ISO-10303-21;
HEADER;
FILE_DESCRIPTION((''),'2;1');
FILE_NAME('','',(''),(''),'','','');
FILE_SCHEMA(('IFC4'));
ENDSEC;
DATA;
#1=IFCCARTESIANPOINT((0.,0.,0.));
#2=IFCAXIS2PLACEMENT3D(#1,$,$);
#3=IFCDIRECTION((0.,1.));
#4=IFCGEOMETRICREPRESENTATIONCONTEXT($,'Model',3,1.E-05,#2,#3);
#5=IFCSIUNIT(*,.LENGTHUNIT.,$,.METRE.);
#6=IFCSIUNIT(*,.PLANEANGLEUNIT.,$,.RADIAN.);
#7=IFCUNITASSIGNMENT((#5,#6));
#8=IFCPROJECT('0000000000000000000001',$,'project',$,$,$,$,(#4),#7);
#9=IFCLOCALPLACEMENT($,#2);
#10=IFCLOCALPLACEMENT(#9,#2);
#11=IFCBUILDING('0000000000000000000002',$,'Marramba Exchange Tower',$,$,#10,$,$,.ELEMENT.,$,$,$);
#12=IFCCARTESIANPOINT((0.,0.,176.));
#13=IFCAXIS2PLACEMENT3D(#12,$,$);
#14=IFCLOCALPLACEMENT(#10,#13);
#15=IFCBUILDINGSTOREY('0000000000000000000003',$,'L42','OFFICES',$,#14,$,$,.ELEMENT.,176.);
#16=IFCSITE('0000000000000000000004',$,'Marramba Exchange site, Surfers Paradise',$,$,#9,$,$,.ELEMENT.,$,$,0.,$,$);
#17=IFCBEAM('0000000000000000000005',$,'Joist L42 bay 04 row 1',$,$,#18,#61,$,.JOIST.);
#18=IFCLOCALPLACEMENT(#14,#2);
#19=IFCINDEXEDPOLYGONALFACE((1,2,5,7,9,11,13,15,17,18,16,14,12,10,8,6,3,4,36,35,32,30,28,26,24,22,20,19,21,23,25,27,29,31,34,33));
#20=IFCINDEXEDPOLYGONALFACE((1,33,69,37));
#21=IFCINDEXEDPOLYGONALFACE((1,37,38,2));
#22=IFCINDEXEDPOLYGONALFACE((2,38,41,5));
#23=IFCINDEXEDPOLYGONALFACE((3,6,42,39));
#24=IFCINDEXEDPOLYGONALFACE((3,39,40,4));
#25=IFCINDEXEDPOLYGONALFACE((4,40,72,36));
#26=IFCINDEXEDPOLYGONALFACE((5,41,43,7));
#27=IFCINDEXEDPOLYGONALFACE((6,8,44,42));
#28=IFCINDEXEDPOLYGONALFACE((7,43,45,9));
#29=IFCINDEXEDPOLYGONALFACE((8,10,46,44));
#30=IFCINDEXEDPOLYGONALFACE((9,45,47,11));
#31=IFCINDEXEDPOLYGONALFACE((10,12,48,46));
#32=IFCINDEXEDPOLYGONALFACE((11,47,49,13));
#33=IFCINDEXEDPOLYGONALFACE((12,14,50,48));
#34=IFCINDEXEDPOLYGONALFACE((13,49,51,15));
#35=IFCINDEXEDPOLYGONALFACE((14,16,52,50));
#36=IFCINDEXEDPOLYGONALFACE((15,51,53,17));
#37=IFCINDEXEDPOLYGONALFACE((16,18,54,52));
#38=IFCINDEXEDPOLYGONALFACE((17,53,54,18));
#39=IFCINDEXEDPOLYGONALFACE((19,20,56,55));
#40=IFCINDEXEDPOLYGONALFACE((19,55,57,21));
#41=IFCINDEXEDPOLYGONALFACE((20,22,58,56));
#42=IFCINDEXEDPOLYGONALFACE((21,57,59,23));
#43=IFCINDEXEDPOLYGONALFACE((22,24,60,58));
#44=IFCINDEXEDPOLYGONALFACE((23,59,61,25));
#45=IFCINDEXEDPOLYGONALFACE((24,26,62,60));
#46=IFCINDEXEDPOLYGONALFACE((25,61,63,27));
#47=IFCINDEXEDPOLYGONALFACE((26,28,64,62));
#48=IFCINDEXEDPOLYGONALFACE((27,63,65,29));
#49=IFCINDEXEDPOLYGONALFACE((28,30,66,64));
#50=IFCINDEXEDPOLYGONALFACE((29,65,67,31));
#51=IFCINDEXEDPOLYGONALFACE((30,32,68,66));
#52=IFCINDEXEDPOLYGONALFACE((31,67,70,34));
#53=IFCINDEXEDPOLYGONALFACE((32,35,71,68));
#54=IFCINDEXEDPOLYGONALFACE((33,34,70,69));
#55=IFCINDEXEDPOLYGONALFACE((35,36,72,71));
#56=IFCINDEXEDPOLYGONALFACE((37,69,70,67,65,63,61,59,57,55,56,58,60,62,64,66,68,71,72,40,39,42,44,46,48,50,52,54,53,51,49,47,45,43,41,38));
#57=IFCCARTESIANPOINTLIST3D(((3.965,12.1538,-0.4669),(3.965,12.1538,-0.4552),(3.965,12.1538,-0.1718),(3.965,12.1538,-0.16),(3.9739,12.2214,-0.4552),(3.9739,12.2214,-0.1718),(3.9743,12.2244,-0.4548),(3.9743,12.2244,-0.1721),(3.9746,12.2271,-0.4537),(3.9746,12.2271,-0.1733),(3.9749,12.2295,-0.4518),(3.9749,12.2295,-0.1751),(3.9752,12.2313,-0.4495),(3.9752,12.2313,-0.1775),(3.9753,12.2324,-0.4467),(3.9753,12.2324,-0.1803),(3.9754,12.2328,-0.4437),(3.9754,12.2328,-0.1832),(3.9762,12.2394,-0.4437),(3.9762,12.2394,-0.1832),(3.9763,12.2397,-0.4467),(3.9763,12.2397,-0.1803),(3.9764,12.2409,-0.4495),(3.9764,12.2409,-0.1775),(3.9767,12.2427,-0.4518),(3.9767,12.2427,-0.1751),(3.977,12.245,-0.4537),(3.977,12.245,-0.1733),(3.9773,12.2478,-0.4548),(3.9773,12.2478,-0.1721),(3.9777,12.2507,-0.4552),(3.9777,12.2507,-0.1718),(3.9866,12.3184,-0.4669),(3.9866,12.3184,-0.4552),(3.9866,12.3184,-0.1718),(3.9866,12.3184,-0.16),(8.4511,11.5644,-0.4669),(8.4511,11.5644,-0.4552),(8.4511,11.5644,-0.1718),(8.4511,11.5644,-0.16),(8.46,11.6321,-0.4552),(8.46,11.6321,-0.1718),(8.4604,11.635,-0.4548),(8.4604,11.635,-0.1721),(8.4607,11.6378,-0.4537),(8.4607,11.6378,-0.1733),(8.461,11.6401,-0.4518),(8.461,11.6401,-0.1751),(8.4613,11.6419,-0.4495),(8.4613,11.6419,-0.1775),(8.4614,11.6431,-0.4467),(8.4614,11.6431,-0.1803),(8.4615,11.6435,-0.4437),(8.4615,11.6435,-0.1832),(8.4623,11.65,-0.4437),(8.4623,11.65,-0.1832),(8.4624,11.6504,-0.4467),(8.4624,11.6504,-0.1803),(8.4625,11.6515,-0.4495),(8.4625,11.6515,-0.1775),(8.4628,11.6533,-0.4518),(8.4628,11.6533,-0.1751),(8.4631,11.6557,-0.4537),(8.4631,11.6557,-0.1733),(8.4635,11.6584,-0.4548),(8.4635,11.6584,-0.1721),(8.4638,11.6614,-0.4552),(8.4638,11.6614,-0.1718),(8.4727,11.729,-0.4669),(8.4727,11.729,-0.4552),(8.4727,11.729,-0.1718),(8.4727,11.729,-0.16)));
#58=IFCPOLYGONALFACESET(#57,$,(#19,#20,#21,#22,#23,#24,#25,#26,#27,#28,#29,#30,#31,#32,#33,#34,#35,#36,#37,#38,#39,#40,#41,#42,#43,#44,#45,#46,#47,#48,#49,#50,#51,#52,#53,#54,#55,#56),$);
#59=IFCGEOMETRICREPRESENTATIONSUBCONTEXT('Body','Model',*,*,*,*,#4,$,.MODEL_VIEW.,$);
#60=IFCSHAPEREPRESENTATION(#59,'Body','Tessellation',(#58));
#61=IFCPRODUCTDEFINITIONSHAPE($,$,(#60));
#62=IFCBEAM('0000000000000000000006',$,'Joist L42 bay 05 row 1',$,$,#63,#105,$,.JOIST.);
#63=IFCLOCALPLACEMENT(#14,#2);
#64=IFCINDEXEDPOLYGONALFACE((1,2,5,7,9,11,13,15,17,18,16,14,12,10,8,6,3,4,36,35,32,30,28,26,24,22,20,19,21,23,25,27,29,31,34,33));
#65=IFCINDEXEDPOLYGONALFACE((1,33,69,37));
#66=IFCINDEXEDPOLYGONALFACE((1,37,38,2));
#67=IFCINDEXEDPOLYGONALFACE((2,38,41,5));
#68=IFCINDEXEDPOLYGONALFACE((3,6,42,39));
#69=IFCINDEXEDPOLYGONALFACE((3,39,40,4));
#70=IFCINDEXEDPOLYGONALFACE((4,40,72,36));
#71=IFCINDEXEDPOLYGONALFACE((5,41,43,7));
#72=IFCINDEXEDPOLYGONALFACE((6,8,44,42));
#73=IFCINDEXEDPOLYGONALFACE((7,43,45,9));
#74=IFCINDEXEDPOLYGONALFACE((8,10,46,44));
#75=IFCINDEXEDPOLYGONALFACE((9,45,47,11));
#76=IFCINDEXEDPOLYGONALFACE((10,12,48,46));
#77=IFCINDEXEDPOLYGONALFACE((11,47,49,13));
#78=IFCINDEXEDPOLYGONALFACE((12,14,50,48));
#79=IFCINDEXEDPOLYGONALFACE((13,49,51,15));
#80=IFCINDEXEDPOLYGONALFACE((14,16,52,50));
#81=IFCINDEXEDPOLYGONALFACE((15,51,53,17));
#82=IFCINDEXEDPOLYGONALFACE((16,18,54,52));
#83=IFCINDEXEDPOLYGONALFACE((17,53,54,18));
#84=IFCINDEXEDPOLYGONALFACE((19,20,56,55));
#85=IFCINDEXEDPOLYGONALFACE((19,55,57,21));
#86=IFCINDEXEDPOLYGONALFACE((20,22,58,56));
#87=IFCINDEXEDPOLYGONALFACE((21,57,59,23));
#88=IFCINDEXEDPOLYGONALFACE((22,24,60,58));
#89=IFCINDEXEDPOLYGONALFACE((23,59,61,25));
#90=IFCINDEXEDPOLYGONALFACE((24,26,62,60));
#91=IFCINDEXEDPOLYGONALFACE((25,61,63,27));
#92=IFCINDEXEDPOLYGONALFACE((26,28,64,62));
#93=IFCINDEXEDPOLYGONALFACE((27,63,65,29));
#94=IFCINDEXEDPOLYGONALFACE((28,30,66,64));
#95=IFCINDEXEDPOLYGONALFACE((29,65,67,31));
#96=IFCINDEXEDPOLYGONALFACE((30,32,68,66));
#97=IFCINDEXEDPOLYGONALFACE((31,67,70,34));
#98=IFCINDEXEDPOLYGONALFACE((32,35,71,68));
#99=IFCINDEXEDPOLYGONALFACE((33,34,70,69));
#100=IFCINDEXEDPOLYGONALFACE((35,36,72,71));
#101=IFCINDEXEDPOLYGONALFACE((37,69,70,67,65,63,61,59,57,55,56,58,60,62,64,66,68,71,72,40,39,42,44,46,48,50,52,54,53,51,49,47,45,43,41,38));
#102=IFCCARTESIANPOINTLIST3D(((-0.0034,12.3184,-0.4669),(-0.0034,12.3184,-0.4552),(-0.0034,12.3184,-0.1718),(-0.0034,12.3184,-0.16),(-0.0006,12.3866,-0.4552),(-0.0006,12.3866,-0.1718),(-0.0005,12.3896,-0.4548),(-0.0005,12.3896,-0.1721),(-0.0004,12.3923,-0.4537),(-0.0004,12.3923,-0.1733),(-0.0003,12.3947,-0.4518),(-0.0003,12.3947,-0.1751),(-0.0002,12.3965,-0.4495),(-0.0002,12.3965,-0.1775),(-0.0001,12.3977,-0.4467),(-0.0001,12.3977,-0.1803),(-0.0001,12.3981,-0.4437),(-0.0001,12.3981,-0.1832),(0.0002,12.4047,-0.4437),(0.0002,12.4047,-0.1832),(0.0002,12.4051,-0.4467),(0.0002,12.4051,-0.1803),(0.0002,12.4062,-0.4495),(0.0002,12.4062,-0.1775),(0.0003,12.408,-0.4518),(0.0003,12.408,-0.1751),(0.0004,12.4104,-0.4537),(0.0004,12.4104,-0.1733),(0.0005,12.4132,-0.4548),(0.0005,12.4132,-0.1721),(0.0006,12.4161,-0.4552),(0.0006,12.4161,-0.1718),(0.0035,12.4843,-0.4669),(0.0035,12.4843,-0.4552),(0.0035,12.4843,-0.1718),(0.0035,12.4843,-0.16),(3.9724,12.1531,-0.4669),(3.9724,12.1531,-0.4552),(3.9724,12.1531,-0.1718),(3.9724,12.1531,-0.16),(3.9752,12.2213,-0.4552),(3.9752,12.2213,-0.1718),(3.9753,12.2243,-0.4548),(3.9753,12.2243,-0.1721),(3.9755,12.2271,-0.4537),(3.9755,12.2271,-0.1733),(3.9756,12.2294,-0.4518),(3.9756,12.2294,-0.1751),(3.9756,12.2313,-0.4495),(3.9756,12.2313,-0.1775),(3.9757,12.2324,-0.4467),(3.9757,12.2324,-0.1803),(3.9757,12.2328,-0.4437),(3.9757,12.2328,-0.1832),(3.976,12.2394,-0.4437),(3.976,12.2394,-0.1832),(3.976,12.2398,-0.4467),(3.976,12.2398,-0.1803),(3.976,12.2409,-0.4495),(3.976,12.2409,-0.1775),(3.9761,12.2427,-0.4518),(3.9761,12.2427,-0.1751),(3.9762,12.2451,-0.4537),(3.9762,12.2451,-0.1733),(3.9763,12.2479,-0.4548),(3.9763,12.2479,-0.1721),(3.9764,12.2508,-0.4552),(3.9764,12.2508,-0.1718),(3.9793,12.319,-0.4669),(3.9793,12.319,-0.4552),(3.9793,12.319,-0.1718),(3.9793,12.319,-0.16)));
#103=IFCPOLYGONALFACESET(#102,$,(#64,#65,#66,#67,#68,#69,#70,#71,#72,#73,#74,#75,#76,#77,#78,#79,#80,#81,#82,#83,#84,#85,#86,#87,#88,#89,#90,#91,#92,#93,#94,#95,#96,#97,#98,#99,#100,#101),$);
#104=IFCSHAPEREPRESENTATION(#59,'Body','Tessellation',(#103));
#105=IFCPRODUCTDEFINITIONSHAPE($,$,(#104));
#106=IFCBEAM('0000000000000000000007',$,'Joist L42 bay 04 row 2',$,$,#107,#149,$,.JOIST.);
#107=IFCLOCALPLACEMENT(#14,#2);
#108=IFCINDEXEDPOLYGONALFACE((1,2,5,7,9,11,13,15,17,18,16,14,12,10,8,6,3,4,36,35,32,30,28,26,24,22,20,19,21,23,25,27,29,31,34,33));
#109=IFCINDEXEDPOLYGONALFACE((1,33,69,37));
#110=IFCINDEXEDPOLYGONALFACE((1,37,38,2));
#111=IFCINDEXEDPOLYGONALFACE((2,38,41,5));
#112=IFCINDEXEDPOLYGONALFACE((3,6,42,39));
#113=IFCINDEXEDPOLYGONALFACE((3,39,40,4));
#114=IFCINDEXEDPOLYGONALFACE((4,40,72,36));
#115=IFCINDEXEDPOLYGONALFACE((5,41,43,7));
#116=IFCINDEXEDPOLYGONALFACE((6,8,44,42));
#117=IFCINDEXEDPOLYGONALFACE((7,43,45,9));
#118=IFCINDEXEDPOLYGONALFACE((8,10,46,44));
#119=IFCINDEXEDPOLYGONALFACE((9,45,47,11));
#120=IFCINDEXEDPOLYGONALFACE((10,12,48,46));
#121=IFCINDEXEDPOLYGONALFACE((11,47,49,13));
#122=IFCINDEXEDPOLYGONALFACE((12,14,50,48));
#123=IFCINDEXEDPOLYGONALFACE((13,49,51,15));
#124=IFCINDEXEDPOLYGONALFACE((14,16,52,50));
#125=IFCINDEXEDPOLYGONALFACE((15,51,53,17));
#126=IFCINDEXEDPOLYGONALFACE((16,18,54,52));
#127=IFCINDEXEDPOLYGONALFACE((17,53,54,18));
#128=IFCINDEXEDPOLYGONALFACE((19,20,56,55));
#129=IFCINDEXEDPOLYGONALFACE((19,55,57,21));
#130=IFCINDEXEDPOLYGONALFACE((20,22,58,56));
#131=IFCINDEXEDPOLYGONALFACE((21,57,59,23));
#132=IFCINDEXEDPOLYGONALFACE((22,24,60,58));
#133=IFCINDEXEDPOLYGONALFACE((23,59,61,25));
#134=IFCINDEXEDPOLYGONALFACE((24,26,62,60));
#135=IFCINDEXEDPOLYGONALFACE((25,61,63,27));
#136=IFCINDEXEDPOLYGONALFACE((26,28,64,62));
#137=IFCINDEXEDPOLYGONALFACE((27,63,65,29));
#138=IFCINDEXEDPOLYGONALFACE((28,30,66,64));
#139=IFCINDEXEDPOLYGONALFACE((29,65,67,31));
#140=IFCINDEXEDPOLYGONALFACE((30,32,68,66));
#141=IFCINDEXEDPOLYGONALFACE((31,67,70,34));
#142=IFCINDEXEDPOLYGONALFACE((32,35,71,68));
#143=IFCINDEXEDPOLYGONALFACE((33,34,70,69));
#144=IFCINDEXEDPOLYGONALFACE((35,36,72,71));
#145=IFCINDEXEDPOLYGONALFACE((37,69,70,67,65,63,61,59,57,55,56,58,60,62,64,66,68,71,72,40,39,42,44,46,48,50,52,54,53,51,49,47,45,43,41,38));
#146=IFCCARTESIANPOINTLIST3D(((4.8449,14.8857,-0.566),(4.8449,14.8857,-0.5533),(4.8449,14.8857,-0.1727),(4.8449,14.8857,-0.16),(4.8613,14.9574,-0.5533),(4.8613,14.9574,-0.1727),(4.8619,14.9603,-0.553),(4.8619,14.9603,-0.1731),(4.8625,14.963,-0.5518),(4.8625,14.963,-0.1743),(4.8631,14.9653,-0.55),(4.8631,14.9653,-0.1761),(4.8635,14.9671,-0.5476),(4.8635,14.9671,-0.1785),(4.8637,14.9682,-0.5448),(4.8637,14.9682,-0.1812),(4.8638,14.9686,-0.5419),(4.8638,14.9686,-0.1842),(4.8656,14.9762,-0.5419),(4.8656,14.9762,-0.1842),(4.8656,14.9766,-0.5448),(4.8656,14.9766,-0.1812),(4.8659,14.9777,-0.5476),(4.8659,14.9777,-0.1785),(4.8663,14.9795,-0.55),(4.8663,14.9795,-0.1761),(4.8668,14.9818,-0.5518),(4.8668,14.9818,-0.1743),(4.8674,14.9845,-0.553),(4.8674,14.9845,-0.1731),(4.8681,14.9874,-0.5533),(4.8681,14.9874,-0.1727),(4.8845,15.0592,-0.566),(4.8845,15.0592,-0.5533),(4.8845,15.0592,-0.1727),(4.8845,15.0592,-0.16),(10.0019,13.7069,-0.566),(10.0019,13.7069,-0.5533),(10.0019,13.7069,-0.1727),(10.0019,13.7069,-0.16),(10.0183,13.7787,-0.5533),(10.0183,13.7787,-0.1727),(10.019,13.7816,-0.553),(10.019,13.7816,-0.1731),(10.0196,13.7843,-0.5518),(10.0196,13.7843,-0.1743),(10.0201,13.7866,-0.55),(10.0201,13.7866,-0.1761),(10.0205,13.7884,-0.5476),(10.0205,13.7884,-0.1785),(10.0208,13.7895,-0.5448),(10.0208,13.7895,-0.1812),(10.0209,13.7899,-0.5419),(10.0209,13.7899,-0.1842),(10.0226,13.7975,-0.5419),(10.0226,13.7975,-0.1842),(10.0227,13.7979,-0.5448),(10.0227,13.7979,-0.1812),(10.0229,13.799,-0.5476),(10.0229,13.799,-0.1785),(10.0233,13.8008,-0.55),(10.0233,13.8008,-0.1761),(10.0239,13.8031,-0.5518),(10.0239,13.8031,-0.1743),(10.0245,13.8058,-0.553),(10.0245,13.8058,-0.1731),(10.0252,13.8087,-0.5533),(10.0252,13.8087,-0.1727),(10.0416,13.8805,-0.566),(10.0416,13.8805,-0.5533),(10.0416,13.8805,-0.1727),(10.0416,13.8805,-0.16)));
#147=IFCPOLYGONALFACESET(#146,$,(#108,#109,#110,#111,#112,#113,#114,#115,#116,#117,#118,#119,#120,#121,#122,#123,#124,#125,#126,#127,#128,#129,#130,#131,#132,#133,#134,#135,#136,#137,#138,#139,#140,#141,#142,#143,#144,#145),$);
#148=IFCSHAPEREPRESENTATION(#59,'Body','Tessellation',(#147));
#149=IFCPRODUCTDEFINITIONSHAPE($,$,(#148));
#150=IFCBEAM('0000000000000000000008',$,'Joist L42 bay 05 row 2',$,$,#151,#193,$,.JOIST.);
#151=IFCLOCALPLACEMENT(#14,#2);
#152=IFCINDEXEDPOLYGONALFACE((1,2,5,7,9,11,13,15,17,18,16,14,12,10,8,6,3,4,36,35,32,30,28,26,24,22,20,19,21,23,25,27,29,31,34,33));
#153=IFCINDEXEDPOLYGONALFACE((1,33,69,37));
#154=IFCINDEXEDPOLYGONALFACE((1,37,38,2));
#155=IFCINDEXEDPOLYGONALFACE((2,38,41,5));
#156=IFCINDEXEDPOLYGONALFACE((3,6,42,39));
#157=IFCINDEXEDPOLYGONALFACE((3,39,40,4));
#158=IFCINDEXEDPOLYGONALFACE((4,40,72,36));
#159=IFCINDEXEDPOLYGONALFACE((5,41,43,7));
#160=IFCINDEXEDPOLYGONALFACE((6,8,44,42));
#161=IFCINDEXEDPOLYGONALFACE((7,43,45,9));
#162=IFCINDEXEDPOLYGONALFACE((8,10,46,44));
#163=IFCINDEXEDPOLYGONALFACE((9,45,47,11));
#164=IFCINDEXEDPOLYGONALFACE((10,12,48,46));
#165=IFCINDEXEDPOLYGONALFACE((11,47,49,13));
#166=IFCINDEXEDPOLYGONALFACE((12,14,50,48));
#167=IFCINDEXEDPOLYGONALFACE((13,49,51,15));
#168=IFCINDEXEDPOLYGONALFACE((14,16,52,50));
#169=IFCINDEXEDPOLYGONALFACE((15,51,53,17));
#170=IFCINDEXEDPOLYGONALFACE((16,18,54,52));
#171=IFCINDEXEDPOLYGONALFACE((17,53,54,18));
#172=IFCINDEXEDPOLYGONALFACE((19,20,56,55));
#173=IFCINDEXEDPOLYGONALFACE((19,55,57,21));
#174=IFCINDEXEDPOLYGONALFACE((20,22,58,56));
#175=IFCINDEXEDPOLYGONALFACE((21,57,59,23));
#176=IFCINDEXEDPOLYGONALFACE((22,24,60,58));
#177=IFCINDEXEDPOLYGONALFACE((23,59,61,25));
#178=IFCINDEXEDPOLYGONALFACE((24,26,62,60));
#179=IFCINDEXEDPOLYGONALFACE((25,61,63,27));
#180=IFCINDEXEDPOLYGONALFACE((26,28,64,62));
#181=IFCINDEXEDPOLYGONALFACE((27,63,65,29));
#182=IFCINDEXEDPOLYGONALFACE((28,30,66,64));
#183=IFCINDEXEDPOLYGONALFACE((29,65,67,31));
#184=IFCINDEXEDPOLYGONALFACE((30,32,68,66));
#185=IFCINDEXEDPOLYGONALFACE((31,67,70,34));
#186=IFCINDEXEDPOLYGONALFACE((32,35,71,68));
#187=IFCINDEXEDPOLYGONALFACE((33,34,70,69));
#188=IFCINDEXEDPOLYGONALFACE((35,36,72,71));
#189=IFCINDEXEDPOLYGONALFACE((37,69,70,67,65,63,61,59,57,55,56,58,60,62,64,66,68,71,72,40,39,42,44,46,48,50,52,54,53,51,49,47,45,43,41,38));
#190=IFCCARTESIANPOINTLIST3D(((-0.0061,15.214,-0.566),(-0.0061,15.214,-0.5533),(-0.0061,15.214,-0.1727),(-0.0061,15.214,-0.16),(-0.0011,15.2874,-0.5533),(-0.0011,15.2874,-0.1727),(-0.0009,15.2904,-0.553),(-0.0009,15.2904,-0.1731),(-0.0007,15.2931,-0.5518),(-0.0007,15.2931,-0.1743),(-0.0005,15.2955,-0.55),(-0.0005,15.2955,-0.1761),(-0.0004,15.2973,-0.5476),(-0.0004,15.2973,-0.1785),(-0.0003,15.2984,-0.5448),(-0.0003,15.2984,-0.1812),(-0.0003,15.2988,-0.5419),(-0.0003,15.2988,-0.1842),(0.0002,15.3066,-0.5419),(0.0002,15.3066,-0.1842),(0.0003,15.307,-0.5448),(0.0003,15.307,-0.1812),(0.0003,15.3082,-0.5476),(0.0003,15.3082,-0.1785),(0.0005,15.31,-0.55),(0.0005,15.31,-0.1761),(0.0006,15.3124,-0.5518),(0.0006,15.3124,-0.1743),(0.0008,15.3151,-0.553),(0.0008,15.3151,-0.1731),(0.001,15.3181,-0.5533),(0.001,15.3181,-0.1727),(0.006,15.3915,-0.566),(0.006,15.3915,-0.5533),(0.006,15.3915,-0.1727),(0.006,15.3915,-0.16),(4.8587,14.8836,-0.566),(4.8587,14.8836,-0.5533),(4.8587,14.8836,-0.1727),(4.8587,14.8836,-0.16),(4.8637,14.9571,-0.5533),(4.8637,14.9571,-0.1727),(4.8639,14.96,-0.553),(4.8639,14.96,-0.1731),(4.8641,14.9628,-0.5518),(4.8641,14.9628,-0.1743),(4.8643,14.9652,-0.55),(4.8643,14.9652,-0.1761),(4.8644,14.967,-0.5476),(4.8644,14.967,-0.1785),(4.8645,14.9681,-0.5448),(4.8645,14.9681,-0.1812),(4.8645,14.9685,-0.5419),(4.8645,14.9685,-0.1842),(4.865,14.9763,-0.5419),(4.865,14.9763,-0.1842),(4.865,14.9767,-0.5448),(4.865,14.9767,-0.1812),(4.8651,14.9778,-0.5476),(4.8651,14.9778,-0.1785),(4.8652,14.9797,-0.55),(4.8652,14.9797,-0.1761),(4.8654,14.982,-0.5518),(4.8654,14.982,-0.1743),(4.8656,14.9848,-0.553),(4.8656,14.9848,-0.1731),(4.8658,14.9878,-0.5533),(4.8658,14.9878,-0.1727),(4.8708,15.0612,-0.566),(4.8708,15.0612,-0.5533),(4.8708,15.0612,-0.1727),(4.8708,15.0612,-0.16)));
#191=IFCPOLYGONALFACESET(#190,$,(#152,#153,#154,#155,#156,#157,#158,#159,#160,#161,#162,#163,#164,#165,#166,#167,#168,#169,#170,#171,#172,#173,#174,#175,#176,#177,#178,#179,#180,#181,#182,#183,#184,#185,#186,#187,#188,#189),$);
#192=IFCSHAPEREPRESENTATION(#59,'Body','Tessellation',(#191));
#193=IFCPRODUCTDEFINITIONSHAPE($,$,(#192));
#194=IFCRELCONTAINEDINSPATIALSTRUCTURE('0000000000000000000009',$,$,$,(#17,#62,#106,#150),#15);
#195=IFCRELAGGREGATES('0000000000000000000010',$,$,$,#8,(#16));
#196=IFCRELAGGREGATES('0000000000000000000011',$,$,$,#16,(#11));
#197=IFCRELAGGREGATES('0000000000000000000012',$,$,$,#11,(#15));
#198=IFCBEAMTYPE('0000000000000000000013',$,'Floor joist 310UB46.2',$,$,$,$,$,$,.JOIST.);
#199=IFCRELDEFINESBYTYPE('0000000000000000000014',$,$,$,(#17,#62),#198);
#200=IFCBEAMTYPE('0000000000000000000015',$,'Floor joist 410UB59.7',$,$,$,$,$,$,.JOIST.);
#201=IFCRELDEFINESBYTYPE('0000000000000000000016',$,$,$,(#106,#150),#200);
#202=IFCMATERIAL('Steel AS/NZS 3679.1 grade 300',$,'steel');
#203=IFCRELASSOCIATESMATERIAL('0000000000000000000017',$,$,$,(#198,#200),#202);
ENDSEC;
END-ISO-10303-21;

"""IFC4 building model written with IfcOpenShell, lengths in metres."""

from ifc_helpers import new_model, si_unit, direction, frame, origin, origin_2d, place, context, subcontext, project, spatial, i_section, extrude, material, material_profile, profile_set, type_object, element, save


model = new_model("IFC4")

# Units and contexts
model_context = context("Model", 3, precision=1e-05, world=origin(), true_north=direction((0.0, 1.0)))
body_context = subcontext(model_context, "Body", "Model", "MODEL_VIEW")
ifc_project = project(units=[si_unit("LENGTHUNIT", "METRE"), si_unit("PLANEANGLEUNIT", "RADIAN")], contexts=[model_context])

# Site, building, storey
site_placement = place(None, origin())
site = spatial("IfcSite", under=ifc_project, at=site_placement, Name="Marramba Exchange site, Surfers Paradise", CompositionType="ELEMENT", RefElevation=0.0)
building_placement = place(site_placement, origin())
building = spatial("IfcBuilding", under=site, at=building_placement, Name="Marramba Exchange Tower", CompositionType="ELEMENT")
storey_placement = place(building_placement, frame((0.0, 0.0, 176.0)))
storey = spatial("IfcBuildingStorey", under=building, at=storey_placement, Name="L42", Description="OFFICES", CompositionType="ELEMENT", Elevation=176.0)

# Beams
ifc_material_1 = material(Name="Steel AS/NZS 3679.1 grade 300", Category="steel")
ifc_material_profile_1 = material_profile(ifc_material_1, i_section(OverallWidth=0.166, OverallDepth=0.3069, WebThickness=0.0066, FlangeThickness=0.0117, FilletRadius=0.0115, at=origin_2d()), Name="310UB46.2")
ifc_profile_set_1 = profile_set([ifc_material_profile_1], Name="Steel AS/NZS 3679.1 grade 300")
beam_type_1 = type_object("IfcBeamType", Name="Floor joist 310UB46.2", PredefinedType="JOIST", material=ifc_profile_set_1)
beam_1_placement = place(storey_placement, frame((8.4619, 11.6467, -0.3135), z_axis=(-0.991481, 0.130255, 0.0), x_axis=(-0.130255, -0.991481, 0.0)))
element("IfcBeam", 1, at=beam_1_placement, inside=storey, type_object=beam_type_1, Name="Joist L42 bay 04 row 1", PredefinedType="JOIST", context=body_context, shape_type="SweptSolid", body=[
    extrude(i_section(OverallWidth=0.166, OverallDepth=0.3069, WebThickness=0.0066, FlangeThickness=0.0117, FilletRadius=0.0115, at=origin_2d()), origin(), (0.0, 0.0, 1.0), 4.5247),
])
beam_2_placement = place(storey_placement, frame((3.9758, 12.2361, -0.3135), z_axis=(-0.999137, 0.041536, 0.0), x_axis=(-0.041536, -0.999137, 0.0)))
element("IfcBeam", 2, at=beam_2_placement, inside=storey, type_object=beam_type_1, Name="Joist L42 bay 05 row 1", PredefinedType="JOIST", context=body_context, shape_type="SweptSolid", body=[
    extrude(i_section(OverallWidth=0.166, OverallDepth=0.3069, WebThickness=0.0066, FlangeThickness=0.0117, FilletRadius=0.0115, at=origin_2d()), origin(), (0.0, 0.0, 1.0), 3.9792),
])
ifc_material_profile_2 = material_profile(ifc_material_1, i_section(OverallWidth=0.178, OverallDepth=0.406, WebThickness=0.0078, FlangeThickness=0.0127, FilletRadius=0.0115, at=origin_2d()), Name="410UB59.7")
ifc_profile_set_2 = profile_set([ifc_material_profile_2], Name="Steel AS/NZS 3679.1 grade 300")
beam_type_2 = type_object("IfcBeamType", Name="Floor joist 410UB59.7", PredefinedType="JOIST", material=ifc_profile_set_2)
beam_3_placement = place(storey_placement, frame((10.0217, 13.7937, -0.363), z_axis=(-0.97486, 0.22282, 0.0), x_axis=(-0.22282, -0.97486, 0.0)))
element("IfcBeam", 3, at=beam_3_placement, inside=storey, type_object=beam_type_2, Name="Joist L42 bay 04 row 2", PredefinedType="JOIST", context=body_context, shape_type="SweptSolid", body=[
    extrude(i_section(OverallWidth=0.178, OverallDepth=0.406, WebThickness=0.0078, FlangeThickness=0.0127, FilletRadius=0.0115, at=origin_2d()), origin(), (0.0, 0.0, 1.0), 5.29),
])
beam_4_placement = place(storey_placement, frame((4.8647, 14.9724, -0.363), z_axis=(-0.997703, 0.067745, 0.0), x_axis=(-0.067745, -0.997703, 0.0)))
element("IfcBeam", 4, at=beam_4_placement, inside=storey, type_object=beam_type_2, Name="Joist L42 bay 05 row 2", PredefinedType="JOIST", context=body_context, shape_type="SweptSolid", body=[
    extrude(i_section(OverallWidth=0.178, OverallDepth=0.406, WebThickness=0.0078, FlangeThickness=0.0127, FilletRadius=0.0115, at=origin_2d()), origin(), (0.0, 0.0, 1.0), 4.876),
])

save(model, "model.ifc")
